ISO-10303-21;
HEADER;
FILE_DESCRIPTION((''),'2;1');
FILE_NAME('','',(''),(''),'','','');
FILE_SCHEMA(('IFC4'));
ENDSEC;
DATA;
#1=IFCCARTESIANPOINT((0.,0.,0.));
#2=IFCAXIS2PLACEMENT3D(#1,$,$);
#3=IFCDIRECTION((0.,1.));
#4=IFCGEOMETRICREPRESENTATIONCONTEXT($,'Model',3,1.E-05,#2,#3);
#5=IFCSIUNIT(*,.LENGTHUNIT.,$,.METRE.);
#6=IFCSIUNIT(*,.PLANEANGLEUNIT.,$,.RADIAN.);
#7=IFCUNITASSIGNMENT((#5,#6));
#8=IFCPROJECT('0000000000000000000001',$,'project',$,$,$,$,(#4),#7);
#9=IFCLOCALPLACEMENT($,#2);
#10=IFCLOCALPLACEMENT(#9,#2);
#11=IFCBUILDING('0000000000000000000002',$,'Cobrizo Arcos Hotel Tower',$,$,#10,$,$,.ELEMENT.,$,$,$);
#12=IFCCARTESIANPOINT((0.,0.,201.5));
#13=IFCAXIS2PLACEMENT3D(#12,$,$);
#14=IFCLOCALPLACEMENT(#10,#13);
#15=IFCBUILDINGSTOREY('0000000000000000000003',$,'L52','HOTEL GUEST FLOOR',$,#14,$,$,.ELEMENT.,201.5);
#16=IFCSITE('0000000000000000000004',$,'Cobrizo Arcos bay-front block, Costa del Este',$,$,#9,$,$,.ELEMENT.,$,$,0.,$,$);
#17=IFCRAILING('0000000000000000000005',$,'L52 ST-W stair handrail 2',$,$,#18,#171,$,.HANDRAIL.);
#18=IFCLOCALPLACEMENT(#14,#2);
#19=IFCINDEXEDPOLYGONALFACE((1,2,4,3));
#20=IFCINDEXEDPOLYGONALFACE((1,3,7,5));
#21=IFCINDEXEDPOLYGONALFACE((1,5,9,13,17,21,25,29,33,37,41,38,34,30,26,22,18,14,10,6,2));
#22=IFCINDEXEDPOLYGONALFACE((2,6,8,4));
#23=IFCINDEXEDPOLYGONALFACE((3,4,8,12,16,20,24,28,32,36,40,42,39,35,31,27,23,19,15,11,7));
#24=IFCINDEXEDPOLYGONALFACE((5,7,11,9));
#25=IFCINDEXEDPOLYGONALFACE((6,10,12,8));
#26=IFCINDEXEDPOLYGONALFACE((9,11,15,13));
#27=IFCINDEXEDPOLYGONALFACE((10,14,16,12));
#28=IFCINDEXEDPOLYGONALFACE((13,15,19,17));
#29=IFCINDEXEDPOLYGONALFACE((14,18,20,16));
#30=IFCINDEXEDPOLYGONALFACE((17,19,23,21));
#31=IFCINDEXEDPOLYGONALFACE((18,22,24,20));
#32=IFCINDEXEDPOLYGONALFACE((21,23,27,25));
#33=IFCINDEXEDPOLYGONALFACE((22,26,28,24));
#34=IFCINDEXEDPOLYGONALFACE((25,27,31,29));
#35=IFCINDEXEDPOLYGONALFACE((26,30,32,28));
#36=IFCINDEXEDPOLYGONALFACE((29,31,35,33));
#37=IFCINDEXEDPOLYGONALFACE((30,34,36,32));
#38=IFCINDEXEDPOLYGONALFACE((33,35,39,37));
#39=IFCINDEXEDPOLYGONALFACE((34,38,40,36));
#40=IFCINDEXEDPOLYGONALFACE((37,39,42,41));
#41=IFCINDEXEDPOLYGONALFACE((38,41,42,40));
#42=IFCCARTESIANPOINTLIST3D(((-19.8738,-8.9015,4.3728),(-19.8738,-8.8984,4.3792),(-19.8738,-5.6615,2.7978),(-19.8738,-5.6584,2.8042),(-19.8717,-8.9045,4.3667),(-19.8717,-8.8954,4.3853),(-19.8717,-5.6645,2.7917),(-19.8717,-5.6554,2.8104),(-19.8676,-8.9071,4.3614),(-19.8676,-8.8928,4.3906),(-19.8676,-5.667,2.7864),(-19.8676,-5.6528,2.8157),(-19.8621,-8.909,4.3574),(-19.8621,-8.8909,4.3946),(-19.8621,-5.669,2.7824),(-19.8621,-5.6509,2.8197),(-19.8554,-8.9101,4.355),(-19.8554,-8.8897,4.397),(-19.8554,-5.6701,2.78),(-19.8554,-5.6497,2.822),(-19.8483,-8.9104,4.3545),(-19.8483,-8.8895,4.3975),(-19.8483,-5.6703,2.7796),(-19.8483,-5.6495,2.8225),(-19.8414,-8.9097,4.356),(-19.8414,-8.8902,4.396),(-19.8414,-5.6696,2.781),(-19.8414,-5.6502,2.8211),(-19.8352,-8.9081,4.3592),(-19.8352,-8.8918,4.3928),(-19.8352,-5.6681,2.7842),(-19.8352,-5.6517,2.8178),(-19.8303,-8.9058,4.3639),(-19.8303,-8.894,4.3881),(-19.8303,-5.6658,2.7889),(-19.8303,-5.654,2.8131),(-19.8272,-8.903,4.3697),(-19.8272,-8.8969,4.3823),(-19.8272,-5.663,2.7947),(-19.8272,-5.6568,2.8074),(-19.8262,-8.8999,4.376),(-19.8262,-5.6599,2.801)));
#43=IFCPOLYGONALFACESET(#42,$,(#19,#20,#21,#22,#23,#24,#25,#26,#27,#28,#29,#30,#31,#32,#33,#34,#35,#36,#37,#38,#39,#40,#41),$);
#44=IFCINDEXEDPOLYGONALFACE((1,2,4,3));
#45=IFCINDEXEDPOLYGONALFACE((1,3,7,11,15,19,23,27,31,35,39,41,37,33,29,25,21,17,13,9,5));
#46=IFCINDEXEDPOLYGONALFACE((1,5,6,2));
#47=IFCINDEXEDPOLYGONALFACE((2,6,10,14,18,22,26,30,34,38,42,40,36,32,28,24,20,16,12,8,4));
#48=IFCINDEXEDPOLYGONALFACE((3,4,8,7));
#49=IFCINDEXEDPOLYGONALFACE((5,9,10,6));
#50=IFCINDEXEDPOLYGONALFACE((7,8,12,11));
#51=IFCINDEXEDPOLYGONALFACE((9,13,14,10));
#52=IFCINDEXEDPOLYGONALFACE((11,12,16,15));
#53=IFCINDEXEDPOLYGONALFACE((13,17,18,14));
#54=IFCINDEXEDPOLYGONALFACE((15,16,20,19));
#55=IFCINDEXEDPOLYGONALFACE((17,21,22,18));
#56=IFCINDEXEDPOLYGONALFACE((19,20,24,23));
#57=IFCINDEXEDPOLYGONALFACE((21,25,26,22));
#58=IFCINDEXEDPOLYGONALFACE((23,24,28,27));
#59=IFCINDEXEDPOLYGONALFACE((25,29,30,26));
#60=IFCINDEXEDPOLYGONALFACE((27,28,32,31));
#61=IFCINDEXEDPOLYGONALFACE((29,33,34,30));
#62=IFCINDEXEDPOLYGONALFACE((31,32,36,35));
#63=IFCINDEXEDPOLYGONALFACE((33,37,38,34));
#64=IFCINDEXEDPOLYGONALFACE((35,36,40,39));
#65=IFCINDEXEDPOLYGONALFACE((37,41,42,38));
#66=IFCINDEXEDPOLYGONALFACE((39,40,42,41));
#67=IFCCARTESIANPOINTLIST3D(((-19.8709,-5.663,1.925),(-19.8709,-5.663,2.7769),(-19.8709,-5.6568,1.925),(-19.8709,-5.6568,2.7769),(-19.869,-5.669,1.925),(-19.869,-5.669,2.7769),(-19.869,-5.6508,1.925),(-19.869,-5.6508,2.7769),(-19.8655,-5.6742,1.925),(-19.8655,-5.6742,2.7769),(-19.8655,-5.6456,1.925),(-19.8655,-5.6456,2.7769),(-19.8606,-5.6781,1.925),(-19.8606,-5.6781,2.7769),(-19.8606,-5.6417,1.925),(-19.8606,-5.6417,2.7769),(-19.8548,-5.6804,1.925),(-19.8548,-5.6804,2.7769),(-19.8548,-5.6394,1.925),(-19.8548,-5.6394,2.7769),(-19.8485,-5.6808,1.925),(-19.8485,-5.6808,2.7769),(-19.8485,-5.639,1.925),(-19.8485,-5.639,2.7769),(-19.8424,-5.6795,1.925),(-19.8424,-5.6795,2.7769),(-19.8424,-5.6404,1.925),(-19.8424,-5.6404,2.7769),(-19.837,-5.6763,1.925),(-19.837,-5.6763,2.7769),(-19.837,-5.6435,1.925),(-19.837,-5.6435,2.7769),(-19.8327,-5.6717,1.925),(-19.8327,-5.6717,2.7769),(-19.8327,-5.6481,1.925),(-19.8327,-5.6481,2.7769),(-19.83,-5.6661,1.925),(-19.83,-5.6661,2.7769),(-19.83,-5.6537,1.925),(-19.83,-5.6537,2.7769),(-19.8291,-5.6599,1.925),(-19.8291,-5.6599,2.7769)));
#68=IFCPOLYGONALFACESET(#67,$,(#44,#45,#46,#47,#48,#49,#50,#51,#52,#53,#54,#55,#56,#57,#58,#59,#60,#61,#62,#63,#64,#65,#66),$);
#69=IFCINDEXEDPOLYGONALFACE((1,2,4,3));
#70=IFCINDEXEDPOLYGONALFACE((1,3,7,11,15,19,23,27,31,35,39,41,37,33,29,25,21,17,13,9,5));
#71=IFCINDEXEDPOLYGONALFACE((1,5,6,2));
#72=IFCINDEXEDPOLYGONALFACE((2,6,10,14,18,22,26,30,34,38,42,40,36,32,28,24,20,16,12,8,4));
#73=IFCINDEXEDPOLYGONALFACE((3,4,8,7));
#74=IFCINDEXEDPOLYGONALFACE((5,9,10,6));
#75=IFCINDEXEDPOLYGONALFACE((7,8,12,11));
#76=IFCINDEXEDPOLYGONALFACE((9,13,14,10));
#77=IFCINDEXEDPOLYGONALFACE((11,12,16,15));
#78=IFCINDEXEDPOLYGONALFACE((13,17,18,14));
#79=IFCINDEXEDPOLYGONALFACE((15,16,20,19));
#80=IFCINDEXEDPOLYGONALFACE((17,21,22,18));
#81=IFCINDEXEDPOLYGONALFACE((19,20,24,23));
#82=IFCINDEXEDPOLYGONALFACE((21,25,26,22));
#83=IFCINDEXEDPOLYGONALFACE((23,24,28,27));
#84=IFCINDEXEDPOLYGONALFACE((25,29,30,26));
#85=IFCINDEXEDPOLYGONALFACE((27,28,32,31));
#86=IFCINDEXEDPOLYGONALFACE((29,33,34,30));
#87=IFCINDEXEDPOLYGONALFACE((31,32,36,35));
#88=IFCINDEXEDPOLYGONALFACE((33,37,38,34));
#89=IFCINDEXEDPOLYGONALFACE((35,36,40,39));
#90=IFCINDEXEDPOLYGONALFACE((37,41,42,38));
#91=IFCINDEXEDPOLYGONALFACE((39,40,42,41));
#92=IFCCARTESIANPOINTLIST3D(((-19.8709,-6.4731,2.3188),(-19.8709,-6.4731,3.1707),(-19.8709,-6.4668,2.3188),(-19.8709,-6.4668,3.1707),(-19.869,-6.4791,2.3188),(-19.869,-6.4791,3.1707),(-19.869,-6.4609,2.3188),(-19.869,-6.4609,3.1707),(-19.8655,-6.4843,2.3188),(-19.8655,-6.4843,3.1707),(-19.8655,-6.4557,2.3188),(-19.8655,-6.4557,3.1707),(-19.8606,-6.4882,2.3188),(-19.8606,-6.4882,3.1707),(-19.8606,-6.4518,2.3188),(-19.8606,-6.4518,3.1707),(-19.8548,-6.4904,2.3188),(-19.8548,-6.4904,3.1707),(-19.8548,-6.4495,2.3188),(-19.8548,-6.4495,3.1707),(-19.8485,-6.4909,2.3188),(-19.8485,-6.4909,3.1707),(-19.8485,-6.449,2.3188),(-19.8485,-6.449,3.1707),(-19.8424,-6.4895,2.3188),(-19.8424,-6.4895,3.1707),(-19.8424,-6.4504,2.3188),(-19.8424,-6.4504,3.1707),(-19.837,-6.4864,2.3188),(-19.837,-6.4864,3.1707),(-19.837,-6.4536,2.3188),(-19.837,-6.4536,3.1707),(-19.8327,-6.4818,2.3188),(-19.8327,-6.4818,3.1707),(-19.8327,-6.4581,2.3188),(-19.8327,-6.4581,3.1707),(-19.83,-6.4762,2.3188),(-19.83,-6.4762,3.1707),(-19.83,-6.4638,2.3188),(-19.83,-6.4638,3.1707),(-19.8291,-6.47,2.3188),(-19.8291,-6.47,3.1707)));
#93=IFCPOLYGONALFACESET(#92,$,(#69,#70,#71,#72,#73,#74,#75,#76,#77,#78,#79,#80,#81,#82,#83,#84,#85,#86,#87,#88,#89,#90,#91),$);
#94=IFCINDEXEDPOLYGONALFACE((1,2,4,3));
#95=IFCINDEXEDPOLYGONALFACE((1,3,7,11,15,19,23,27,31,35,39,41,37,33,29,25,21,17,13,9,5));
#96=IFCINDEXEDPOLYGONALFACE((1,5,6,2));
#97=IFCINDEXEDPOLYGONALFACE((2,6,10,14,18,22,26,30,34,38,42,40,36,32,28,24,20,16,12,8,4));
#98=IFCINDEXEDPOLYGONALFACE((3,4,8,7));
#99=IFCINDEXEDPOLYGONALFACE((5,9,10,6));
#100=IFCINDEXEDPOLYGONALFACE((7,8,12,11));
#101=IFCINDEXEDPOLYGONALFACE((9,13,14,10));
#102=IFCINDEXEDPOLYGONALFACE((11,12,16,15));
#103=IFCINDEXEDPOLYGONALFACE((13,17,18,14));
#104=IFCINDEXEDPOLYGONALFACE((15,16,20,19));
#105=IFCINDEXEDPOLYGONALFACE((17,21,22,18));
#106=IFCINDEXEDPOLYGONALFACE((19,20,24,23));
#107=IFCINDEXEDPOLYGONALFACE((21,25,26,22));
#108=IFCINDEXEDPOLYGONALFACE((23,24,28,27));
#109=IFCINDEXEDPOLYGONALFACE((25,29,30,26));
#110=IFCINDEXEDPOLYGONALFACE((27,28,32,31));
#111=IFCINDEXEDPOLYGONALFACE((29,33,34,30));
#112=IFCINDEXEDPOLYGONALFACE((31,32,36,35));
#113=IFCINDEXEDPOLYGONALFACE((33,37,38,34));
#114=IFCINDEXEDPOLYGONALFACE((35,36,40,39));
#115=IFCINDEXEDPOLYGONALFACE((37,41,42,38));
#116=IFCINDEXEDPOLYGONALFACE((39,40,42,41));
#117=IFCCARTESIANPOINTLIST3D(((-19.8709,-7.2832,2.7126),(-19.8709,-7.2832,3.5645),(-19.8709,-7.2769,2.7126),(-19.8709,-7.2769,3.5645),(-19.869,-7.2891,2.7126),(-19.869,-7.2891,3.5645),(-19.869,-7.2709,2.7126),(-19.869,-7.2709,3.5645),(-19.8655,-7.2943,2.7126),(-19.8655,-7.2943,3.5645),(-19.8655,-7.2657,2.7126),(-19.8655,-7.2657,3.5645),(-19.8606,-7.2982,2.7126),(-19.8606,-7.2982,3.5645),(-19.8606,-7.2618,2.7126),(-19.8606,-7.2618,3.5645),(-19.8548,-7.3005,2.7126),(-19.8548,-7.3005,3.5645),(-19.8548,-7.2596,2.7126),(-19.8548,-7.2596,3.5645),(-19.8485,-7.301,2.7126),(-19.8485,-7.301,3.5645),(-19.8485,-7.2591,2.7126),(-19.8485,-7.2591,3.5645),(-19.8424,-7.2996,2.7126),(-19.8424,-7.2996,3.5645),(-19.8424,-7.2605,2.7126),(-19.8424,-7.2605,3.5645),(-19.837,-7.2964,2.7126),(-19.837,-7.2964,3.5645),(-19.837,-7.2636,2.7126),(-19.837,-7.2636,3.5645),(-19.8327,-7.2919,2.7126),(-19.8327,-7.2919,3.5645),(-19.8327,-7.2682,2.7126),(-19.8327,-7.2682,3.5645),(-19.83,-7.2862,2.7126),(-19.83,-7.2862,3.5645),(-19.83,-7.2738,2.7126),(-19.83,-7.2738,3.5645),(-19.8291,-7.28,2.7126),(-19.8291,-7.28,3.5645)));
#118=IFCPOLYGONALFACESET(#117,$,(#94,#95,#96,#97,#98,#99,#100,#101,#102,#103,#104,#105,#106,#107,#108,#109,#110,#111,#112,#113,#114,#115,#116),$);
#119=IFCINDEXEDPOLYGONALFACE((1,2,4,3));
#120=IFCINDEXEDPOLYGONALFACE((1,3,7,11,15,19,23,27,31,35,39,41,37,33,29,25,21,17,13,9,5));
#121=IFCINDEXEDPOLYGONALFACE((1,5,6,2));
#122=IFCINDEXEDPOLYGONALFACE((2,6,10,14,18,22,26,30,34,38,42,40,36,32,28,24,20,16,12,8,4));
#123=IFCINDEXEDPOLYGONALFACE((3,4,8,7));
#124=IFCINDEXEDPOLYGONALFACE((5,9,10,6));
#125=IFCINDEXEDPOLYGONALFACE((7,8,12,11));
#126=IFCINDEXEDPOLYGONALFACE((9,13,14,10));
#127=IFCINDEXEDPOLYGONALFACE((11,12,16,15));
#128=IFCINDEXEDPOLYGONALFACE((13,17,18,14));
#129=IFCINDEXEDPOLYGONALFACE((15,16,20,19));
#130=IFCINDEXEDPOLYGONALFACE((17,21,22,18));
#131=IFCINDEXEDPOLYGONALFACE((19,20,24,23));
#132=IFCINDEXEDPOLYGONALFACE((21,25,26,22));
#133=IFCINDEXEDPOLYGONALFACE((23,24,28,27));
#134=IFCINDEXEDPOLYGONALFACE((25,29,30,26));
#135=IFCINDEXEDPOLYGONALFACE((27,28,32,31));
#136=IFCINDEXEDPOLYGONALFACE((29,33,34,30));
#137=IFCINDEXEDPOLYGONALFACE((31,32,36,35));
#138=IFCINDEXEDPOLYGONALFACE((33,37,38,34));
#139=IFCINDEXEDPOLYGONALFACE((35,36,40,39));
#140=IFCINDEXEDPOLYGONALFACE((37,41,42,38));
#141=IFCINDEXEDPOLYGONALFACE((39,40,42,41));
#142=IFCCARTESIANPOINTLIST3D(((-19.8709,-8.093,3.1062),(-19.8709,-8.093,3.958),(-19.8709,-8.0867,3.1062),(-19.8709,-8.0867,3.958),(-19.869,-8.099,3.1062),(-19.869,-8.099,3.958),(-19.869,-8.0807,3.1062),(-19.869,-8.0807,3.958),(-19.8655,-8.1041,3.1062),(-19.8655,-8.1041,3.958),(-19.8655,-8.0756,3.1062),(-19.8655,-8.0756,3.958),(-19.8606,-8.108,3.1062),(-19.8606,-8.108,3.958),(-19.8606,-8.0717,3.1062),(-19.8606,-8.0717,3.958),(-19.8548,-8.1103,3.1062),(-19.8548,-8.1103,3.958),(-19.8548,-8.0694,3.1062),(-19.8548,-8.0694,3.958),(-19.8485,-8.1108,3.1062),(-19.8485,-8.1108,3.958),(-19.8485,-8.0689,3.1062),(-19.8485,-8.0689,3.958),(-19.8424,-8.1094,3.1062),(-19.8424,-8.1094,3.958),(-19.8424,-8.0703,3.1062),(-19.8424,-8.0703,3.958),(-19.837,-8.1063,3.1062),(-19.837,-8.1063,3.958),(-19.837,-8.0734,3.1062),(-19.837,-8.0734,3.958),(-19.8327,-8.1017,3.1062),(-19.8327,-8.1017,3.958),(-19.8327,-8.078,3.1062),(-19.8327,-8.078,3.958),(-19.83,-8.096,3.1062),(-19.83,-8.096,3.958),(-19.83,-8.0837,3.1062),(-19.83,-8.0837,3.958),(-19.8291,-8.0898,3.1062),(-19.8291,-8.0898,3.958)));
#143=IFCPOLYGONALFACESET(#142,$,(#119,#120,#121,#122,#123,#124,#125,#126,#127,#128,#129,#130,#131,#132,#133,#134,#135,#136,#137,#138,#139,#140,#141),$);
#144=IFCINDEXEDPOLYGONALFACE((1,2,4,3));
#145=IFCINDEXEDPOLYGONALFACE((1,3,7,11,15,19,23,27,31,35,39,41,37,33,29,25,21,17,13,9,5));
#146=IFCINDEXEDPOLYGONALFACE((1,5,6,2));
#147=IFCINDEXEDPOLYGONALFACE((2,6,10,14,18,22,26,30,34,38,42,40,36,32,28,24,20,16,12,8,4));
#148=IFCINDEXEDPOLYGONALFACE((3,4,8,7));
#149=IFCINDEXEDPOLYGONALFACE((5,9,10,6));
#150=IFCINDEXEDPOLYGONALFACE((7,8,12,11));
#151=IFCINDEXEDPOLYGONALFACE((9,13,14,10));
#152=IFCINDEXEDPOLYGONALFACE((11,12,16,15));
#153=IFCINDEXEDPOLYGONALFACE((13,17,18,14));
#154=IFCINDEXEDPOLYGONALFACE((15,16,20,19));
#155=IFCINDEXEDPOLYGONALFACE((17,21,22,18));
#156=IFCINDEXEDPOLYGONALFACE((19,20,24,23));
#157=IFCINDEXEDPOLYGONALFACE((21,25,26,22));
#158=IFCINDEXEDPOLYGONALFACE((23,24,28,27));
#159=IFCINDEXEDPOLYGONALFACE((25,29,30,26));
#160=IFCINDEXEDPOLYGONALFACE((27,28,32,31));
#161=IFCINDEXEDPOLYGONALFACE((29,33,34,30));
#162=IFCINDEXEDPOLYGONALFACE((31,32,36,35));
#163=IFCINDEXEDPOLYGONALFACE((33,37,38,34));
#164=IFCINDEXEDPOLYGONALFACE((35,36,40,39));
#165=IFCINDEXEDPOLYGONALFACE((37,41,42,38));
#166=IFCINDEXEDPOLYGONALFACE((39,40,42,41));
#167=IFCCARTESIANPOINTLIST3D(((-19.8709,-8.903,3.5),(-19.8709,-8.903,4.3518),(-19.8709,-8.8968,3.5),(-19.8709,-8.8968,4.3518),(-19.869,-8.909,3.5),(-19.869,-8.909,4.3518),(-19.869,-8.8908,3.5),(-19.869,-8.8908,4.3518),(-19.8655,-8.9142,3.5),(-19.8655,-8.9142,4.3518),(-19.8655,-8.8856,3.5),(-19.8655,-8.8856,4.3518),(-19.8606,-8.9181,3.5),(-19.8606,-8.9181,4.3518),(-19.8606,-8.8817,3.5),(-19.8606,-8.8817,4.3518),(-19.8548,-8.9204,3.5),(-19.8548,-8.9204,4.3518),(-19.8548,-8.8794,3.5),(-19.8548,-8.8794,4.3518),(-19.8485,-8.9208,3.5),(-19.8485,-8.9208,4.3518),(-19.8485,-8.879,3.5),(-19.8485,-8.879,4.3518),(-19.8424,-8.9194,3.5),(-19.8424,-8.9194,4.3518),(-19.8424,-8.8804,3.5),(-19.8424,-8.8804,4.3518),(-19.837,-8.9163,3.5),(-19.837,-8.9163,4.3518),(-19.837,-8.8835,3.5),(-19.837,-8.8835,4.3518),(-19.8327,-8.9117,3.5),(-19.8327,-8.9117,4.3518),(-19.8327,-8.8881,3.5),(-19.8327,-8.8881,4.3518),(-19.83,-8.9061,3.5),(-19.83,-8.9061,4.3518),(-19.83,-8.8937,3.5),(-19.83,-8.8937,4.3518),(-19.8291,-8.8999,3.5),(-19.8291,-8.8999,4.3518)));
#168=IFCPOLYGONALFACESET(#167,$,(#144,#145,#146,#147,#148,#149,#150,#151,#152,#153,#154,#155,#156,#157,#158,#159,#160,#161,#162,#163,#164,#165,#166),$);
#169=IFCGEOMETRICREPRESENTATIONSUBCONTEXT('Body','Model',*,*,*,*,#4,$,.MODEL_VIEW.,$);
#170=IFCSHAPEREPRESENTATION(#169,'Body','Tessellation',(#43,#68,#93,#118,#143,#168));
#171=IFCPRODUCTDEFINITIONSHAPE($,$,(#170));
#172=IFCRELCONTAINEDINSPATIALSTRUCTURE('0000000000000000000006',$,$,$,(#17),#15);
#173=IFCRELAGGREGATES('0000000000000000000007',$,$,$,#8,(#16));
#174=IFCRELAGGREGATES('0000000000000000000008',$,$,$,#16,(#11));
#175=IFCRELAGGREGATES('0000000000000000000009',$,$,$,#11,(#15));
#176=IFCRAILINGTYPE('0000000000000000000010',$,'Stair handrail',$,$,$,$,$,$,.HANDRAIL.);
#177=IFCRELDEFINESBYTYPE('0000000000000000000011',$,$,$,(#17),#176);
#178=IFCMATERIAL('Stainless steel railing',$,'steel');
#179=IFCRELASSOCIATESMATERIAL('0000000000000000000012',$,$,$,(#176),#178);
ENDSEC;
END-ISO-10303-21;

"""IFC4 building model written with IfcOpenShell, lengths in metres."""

from ifc_helpers import new_model, si_unit, direction, frame, origin, origin_2d, place, context, subcontext, project, spatial, circle, extrude, material, type_object, element, save


model = new_model("IFC4")

# Units and contexts
model_context = context("Model", 3, precision=1e-05, world=origin(), true_north=direction((0.0, 1.0)))
body_context = subcontext(model_context, "Body", "Model", "MODEL_VIEW")
ifc_project = project(units=[si_unit("LENGTHUNIT", "METRE"), si_unit("PLANEANGLEUNIT", "RADIAN")], contexts=[model_context])

# Site, building, storey
site_placement = place(None, origin())
site = spatial("IfcSite", under=ifc_project, at=site_placement, Name="Cobrizo Arcos bay-front block, Costa del Este", CompositionType="ELEMENT", RefElevation=0.0)
building_placement = place(site_placement, origin())
building = spatial("IfcBuilding", under=site, at=building_placement, Name="Cobrizo Arcos Hotel Tower", CompositionType="ELEMENT")
storey_placement = place(building_placement, frame((0.0, 0.0, 201.5)))
storey = spatial("IfcBuildingStorey", under=building, at=storey_placement, Name="L52", Description="HOTEL GUEST FLOOR", CompositionType="ELEMENT", Elevation=201.5)

# Railing
ifc_material_1 = material(Name="Stainless steel railing", Category="steel")
railing_type_1 = type_object("IfcRailingType", Name="Stair handrail", PredefinedType="HANDRAIL", material=ifc_material_1)
railing_1_placement = place(storey_placement, frame((-19.8501, -5.6599, 1.925)))
element("IfcRailing", 1, at=railing_1_placement, inside=storey, type_object=railing_type_1, Name="L52 ST-W stair handrail 2", PredefinedType="HANDRAIL", context=body_context, shape_type="SweptSolid", body=[
    extrude(circle(Radius=0.0239, at=origin_2d()), frame((0.0, 0.0, 0.876), z_axis=(0.0, -0.899373, 0.437183), x_axis=(1.0, 0.0, 0.0)), (0.0, 0.0, 1.0), 3.6025),
    extrude(circle(Radius=0.021, at=origin_2d()), origin(), (0.0, 0.0, 1.0), 0.8518),
    extrude(circle(Radius=0.021, at=origin_2d()), frame((0.0, -0.8101, 0.3938)), (0.0, 0.0, 1.0), 0.8518),
    extrude(circle(Radius=0.021, at=origin_2d()), frame((0.0, -1.6201, 0.7876)), (0.0, 0.0, 1.0), 0.8518),
    extrude(circle(Radius=0.021, at=origin_2d()), frame((0.0, -2.4299, 1.1812)), (0.0, 0.0, 1.0), 0.8518),
    extrude(circle(Radius=0.021, at=origin_2d()), frame((0.0, -3.24, 1.575)), (0.0, 0.0, 1.0), 0.8518),
])

save(model, "model.ifc")
